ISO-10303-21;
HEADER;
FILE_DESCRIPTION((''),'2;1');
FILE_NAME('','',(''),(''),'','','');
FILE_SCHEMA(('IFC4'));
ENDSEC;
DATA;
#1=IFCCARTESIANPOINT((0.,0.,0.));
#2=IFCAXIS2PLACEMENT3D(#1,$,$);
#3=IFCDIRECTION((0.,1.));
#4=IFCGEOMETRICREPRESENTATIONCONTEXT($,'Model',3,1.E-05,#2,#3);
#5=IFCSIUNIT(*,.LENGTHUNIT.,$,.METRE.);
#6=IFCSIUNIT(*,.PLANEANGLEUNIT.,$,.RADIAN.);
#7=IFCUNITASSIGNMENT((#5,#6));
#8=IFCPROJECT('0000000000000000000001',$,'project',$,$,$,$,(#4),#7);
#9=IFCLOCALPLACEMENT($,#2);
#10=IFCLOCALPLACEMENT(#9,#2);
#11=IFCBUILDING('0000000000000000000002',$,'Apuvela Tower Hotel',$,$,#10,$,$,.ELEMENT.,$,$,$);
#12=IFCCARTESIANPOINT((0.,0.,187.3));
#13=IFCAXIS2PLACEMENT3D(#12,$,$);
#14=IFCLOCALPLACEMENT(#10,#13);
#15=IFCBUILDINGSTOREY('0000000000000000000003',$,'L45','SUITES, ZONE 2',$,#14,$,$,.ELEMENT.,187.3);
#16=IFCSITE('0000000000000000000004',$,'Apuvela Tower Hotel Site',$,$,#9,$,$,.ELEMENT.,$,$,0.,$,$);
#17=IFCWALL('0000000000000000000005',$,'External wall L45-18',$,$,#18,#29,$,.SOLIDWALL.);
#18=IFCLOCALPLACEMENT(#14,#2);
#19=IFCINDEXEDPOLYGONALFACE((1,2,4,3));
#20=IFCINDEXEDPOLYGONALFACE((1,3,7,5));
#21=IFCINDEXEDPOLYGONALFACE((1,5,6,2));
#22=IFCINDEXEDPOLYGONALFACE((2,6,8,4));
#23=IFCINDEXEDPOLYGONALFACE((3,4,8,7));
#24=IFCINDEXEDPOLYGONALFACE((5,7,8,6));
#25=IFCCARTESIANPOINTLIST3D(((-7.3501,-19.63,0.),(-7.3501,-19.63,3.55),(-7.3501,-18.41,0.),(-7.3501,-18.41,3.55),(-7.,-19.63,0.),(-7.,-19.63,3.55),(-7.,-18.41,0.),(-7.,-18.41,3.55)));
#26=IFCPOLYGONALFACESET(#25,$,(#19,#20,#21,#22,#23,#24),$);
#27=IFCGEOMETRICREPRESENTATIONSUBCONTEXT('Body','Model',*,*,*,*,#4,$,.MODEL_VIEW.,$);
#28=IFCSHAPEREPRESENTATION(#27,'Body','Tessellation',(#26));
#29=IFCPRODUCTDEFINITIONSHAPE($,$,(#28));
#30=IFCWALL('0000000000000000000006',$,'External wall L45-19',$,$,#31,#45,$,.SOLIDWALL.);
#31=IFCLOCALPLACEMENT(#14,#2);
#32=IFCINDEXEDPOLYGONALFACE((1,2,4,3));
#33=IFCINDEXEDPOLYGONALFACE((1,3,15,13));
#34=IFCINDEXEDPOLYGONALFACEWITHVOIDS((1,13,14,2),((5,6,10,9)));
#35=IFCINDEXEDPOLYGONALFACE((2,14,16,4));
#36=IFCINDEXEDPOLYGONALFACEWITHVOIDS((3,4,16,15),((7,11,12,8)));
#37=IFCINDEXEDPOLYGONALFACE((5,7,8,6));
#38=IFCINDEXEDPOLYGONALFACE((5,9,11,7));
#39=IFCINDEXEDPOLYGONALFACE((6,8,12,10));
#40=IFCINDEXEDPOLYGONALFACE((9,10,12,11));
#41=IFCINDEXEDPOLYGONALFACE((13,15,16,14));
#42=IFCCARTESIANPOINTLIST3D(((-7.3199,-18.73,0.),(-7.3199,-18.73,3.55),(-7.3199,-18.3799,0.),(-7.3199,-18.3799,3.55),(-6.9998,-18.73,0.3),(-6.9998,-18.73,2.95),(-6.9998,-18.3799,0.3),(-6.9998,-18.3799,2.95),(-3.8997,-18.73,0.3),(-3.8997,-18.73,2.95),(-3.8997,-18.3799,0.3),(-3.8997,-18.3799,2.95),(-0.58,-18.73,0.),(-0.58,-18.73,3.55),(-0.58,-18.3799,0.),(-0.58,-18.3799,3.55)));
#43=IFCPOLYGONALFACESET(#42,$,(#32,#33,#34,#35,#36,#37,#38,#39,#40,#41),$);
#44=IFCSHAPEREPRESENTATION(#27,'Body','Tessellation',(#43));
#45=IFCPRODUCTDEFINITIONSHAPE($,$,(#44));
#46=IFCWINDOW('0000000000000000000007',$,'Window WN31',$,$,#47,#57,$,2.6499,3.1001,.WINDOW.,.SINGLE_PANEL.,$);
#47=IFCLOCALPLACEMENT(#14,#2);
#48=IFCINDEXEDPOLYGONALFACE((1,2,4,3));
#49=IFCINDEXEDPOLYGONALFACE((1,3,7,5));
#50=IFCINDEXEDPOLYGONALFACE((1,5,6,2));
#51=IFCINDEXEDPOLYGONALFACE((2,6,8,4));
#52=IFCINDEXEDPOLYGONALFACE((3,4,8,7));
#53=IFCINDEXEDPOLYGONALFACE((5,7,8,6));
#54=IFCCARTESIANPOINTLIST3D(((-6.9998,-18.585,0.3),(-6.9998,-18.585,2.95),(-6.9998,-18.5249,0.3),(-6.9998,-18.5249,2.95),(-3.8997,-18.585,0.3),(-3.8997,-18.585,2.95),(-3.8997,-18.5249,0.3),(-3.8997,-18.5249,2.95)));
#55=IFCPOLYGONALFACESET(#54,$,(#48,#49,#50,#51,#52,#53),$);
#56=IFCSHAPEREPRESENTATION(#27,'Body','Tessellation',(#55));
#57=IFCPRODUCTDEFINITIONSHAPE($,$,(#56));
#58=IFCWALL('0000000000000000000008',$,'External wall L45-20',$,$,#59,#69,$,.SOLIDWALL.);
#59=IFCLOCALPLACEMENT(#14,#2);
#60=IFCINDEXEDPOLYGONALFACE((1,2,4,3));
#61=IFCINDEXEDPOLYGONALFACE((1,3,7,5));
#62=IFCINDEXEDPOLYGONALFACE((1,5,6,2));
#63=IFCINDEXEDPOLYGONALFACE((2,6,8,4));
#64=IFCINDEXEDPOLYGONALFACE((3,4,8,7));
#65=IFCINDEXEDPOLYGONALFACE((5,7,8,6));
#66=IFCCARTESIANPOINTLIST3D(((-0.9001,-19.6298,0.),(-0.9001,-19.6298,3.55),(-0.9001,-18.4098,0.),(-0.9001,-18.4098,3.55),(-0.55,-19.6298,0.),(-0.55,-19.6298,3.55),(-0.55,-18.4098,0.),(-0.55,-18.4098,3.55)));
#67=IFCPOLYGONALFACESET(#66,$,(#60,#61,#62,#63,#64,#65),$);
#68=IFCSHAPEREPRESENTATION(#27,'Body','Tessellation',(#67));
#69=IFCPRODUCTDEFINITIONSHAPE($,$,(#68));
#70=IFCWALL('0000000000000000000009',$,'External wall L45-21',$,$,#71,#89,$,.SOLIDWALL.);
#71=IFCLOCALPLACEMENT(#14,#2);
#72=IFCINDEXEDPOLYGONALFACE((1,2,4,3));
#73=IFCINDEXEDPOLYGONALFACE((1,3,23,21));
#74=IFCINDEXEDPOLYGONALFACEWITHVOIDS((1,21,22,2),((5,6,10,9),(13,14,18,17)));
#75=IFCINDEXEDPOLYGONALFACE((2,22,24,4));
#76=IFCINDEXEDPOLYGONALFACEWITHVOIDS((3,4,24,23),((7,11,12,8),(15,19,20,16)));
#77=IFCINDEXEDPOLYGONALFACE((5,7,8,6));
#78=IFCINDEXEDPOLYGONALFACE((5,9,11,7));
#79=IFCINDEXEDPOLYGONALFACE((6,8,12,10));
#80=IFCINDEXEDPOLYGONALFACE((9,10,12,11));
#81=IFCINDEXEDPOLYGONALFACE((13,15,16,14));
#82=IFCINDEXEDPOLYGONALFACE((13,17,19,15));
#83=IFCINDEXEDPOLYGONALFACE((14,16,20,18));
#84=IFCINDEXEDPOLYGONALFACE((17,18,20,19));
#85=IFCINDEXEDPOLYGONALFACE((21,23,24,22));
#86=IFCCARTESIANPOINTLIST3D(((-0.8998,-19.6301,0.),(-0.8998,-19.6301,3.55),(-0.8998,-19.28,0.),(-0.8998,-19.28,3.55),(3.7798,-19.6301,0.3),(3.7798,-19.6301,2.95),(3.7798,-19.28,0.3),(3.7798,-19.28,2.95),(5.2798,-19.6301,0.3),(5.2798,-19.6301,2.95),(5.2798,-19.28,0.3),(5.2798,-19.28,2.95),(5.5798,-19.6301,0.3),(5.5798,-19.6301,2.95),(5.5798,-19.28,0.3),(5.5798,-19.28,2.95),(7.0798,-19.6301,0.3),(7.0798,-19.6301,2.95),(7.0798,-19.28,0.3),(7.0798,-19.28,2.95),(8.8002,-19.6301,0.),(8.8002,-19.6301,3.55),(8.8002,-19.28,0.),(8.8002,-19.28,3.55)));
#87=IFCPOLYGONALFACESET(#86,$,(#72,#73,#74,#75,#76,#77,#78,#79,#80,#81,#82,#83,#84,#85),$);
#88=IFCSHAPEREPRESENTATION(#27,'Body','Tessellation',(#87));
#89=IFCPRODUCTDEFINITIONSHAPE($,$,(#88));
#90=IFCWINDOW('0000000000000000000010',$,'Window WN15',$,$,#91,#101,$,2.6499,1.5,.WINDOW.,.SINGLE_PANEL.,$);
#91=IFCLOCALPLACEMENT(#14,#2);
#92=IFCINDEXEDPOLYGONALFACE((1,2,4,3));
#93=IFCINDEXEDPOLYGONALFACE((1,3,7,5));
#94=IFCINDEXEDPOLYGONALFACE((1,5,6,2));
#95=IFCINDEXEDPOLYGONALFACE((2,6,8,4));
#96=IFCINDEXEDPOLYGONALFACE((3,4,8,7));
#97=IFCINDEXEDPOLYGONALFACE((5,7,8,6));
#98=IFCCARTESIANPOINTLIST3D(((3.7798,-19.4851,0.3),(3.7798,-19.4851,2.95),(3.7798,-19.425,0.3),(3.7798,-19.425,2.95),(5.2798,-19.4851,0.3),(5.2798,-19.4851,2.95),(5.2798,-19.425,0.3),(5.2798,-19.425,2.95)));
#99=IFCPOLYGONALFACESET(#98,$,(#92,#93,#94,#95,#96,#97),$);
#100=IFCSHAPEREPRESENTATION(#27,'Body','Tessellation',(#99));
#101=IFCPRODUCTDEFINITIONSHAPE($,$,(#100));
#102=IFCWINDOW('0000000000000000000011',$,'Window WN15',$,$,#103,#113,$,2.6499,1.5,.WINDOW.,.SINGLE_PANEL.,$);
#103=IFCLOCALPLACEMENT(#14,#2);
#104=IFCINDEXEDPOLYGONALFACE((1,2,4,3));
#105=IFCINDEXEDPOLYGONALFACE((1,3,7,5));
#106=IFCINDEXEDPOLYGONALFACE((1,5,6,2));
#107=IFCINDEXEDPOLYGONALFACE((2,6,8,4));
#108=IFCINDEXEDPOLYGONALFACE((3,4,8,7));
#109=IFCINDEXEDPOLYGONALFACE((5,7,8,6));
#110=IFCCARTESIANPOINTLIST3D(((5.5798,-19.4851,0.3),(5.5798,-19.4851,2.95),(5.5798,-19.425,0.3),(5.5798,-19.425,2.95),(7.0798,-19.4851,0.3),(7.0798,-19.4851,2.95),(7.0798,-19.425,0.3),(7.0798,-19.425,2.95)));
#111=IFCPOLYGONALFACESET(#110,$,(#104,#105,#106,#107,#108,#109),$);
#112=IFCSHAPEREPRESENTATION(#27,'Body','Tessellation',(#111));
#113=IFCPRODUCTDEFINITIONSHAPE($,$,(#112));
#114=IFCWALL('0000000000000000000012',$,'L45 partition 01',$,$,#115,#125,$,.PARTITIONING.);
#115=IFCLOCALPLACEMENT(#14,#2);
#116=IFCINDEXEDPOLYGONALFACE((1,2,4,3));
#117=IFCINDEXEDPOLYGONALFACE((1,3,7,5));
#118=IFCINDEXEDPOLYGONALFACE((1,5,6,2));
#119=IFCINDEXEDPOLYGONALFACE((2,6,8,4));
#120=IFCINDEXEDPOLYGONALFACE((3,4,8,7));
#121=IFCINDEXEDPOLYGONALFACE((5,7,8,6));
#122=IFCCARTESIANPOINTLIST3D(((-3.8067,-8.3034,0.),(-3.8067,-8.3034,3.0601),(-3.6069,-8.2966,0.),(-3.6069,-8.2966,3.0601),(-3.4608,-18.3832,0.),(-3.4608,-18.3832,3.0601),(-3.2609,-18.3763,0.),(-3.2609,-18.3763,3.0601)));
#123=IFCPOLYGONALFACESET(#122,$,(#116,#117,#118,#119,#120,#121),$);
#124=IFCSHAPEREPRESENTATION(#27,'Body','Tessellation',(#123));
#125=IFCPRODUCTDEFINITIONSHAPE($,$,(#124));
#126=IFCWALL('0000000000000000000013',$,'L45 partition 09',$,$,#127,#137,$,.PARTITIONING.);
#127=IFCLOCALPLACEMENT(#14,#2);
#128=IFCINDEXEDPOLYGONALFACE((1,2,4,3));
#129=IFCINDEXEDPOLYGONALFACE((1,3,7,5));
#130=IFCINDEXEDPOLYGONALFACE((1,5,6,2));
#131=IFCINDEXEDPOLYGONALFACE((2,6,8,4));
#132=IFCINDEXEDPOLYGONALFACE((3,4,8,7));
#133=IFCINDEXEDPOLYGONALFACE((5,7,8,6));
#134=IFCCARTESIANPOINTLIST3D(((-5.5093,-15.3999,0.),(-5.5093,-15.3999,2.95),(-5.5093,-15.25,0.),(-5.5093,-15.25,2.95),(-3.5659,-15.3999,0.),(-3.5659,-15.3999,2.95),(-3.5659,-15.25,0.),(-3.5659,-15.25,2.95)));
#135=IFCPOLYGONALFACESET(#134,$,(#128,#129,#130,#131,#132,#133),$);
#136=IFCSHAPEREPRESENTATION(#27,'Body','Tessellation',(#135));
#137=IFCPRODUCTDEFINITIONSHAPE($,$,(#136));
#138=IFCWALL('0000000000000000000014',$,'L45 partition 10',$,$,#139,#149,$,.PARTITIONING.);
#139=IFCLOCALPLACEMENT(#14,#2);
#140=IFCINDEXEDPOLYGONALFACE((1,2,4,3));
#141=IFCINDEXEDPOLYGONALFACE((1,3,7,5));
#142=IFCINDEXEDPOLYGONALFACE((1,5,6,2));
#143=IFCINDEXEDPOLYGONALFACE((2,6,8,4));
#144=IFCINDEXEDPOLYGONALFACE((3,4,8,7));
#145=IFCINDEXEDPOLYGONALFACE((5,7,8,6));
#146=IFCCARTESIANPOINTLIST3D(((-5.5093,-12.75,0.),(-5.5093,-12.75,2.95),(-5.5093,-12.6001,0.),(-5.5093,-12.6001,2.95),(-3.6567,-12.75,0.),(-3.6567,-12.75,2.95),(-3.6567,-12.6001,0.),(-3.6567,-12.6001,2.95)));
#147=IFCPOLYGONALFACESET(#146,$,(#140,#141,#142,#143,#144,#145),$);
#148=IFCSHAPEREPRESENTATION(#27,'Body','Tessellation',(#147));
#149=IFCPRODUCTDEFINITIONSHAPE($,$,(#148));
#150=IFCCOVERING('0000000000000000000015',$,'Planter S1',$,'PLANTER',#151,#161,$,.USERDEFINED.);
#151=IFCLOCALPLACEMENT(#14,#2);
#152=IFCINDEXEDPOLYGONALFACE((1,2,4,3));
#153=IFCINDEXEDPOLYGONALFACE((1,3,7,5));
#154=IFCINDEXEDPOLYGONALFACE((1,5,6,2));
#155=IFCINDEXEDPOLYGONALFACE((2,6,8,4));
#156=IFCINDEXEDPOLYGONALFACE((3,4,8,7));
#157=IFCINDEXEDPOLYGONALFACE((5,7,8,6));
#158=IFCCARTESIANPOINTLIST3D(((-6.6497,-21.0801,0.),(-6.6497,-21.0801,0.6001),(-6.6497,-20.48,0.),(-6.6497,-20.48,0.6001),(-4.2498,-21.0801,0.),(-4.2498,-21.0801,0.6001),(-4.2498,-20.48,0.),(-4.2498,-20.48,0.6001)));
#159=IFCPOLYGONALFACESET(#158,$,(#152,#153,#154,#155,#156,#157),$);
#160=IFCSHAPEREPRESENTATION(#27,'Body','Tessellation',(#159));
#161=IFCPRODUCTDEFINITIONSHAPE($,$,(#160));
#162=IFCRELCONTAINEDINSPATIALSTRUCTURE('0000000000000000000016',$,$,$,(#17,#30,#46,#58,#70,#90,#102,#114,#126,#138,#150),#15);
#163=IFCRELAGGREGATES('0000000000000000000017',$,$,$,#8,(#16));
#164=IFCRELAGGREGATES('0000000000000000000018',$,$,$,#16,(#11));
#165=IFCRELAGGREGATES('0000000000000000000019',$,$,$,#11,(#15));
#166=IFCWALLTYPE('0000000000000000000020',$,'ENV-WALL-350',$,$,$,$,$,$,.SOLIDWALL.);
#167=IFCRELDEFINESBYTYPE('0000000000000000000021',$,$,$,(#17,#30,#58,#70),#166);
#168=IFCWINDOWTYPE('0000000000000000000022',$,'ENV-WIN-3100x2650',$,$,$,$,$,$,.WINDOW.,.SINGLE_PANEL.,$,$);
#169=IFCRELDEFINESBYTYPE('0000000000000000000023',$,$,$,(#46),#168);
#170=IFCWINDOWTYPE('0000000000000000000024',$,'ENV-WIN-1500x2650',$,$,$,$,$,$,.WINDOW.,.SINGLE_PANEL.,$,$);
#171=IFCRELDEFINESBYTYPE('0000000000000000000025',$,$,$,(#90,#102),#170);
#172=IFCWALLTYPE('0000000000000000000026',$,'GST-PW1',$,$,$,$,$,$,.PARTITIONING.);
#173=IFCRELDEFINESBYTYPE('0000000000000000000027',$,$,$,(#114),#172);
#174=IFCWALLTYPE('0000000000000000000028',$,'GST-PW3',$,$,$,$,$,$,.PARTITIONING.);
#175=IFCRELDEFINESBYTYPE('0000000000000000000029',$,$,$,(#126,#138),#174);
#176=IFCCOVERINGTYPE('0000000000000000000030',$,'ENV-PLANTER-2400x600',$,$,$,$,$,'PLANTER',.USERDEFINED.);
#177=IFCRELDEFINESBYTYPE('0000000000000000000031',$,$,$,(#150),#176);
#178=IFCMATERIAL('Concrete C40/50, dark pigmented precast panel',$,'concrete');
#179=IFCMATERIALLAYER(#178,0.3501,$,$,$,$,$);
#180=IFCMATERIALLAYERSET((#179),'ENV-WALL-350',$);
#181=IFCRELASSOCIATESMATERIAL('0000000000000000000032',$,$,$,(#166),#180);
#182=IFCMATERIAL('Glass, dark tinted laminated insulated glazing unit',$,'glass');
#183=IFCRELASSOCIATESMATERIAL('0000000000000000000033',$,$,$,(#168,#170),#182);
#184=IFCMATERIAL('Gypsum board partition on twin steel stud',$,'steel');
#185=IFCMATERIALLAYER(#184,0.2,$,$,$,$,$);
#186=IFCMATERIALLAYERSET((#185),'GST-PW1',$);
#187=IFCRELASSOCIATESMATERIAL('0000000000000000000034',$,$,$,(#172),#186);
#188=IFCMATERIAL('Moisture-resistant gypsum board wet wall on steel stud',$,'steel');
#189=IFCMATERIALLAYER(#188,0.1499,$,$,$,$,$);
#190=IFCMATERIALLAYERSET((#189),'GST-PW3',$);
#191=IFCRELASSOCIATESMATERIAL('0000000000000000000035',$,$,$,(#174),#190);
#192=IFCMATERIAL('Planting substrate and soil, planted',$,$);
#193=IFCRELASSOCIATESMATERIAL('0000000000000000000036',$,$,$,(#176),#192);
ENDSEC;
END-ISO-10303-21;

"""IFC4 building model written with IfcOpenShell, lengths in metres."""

from ifc_helpers import new_model, si_unit, direction, frame, frame_2d, origin, origin_2d, place, context, subcontext, project, spatial, rectangle, extrude, material, layer, layer_set, type_object, element, fill, save


model = new_model("IFC4")

# Units and contexts
model_context = context("Model", 3, precision=1e-05, world=origin(), true_north=direction((0.0, 1.0)))
body_context = subcontext(model_context, "Body", "Model", "MODEL_VIEW")
ifc_project = project(units=[si_unit("LENGTHUNIT", "METRE"), si_unit("PLANEANGLEUNIT", "RADIAN")], contexts=[model_context])

# Site, building, storey
site_placement = place(None, origin())
site = spatial("IfcSite", under=ifc_project, at=site_placement, Name="Apuvela Tower Hotel Site", CompositionType="ELEMENT", RefElevation=0.0)
building_placement = place(site_placement, origin())
building = spatial("IfcBuilding", under=site, at=building_placement, Name="Apuvela Tower Hotel", CompositionType="ELEMENT")
storey_placement = place(building_placement, frame((0.0, 0.0, 187.3)))
storey = spatial("IfcBuildingStorey", under=building, at=storey_placement, Name="L45", Description="SUITES, ZONE 2", CompositionType="ELEMENT", Elevation=187.3)

# Wall
ifc_material_1 = material(Name="Concrete C40/50, dark pigmented precast panel", Category="concrete")
ifc_layer_1 = layer(ifc_material_1, 0.3501)
ifc_layer_set_1 = layer_set([ifc_layer_1], Name="ENV-WALL-350")
wall_type_1 = type_object("IfcWallType", Name="ENV-WALL-350", PredefinedType="SOLIDWALL", material=ifc_layer_set_1)
wall_1_placement = place(storey_placement, frame((-7.175, -19.6299, 0.0), z_axis=(0.0, 0.0, 1.0), x_axis=(0.0, 1.0, 0.0)))
element("IfcWall", 1, at=wall_1_placement, inside=storey, type_object=wall_type_1, Name="External wall L45-18", PredefinedType="SOLIDWALL", context=body_context, shape_type="SweptSolid", body=[
    extrude(rectangle(XDim=1.22, YDim=0.3501, at=frame_2d((0.6099, 0.0))), origin(), (0.0, 0.0, 1.0), 3.55),
])

# Wall, opening, window
wall_2_placement = place(storey_placement, frame((-7.3201, -18.5549, 0.0), z_axis=(0.0, 0.0, 1.0), x_axis=(1.0, 0.0, 0.0)))
wall_2 = element("IfcWall", 2, at=wall_2_placement, inside=storey, type_object=wall_type_1, Name="External wall L45-19", PredefinedType="SOLIDWALL", context=body_context, shape_type="SweptSolid", body=[
    extrude(rectangle(XDim=6.74, YDim=0.3501, at=frame_2d((3.3701, 0.0))), origin(), (0.0, 0.0, 1.0), 3.55),
])
opening_1_placement = place(wall_2_placement, frame((0.3203, 0.0, 0.3)))
opening_1 = element("IfcOpeningElement", 3, at=opening_1_placement, cuts=wall_2, PredefinedType="OPENING", context=body_context, shape_type="SweptSolid", body=[
    extrude(rectangle(XDim=3.1001, YDim=2.6499, at=frame_2d((1.55, 1.325))), frame((0.0, 0.1851, 0.0), z_axis=(0.0, -1.0, 0.0), x_axis=(1.0, 0.0, 0.0)), (0.0, 0.0, 1.0), 0.3701),
])
ifc_material_2 = material(Name="Glass, dark tinted laminated insulated glazing unit", Category="glass")
window_type_1 = type_object("IfcWindowType", Name="ENV-WIN-3100x2650", PartitioningType="SINGLE_PANEL", PredefinedType="WINDOW", material=ifc_material_2)
window_1_placement = place(opening_1_placement, origin())
window_1 = element("IfcWindow", 4, at=window_1_placement, inside=storey, type_object=window_type_1, Name="Window WN31", OverallHeight=2.6499, OverallWidth=3.1001, PartitioningType="SINGLE_PANEL", PredefinedType="WINDOW", context=body_context, shape_type="SweptSolid", body=[
    extrude(rectangle(XDim=3.1001, YDim=2.6499, at=frame_2d((1.55, 1.325))), frame((0.0, 0.03, 0.0), z_axis=(0.0, -1.0, 0.0), x_axis=(1.0, 0.0, 0.0)), (0.0, 0.0, 1.0), 0.0601),
])
fill(opening_1, window_1)

# Wall
wall_3_placement = place(storey_placement, frame((-0.7251, -18.4099, 0.0), z_axis=(0.0, 0.0, 1.0), x_axis=(0.0, -1.0, 0.0)))
element("IfcWall", 5, at=wall_3_placement, inside=storey, type_object=wall_type_1, Name="External wall L45-20", PredefinedType="SOLIDWALL", context=body_context, shape_type="SweptSolid", body=[
    extrude(rectangle(XDim=1.22, YDim=0.3501, at=frame_2d((0.6099, 0.0))), origin(), (0.0, 0.0, 1.0), 3.55),
])

# Wall, openings, windows
wall_4_placement = place(storey_placement, frame((-0.8999, -19.4551, 0.0), z_axis=(0.0, 0.0, 1.0), x_axis=(1.0, 0.0, 0.0)))
wall_4 = element("IfcWall", 6, at=wall_4_placement, inside=storey, type_object=wall_type_1, Name="External wall L45-21", PredefinedType="SOLIDWALL", context=body_context, shape_type="SweptSolid", body=[
    extrude(rectangle(XDim=9.7, YDim=0.3501, at=frame_2d((4.8501, 0.0))), origin(), (0.0, 0.0, 1.0), 3.55),
])
opening_2_placement = place(wall_4_placement, frame((4.6797, 0.0, 0.3)))
opening_2 = element("IfcOpeningElement", 7, at=opening_2_placement, cuts=wall_4, PredefinedType="OPENING", context=body_context, shape_type="SweptSolid", body=[
    extrude(rectangle(XDim=1.5, YDim=2.6499, at=frame_2d((0.75, 1.325))), frame((0.0, 0.1851, 0.0), z_axis=(0.0, -1.0, 0.0), x_axis=(1.0, 0.0, 0.0)), (0.0, 0.0, 1.0), 0.3701),
])
opening_3_placement = place(wall_4_placement, frame((6.4797, 0.0, 0.3)))
opening_3 = element("IfcOpeningElement", 8, at=opening_3_placement, cuts=wall_4, PredefinedType="OPENING", context=body_context, shape_type="SweptSolid", body=[
    extrude(rectangle(XDim=1.5, YDim=2.6499, at=frame_2d((0.75, 1.325))), frame((0.0, 0.1851, 0.0), z_axis=(0.0, -1.0, 0.0), x_axis=(1.0, 0.0, 0.0)), (0.0, 0.0, 1.0), 0.3701),
])
window_type_2 = type_object("IfcWindowType", Name="ENV-WIN-1500x2650", PartitioningType="SINGLE_PANEL", PredefinedType="WINDOW", material=ifc_material_2)
window_2_placement = place(opening_2_placement, origin())
window_2 = element("IfcWindow", 9, at=window_2_placement, inside=storey, type_object=window_type_2, Name="Window WN15", OverallHeight=2.6499, OverallWidth=1.5, PartitioningType="SINGLE_PANEL", PredefinedType="WINDOW", context=body_context, shape_type="SweptSolid", body=[
    extrude(rectangle(XDim=1.5, YDim=2.6499, at=frame_2d((0.75, 1.325))), frame((0.0, 0.03, 0.0), z_axis=(0.0, -1.0, 0.0), x_axis=(1.0, 0.0, 0.0)), (0.0, 0.0, 1.0), 0.0601),
])
fill(opening_2, window_2)
window_3_placement = place(opening_3_placement, origin())
window_3 = element("IfcWindow", 10, at=window_3_placement, inside=storey, type_object=window_type_2, Name="Window WN15", OverallHeight=2.6499, OverallWidth=1.5, PartitioningType="SINGLE_PANEL", PredefinedType="WINDOW", context=body_context, shape_type="SweptSolid", body=[
    extrude(rectangle(XDim=1.5, YDim=2.6499, at=frame_2d((0.75, 1.325))), frame((0.0, 0.03, 0.0), z_axis=(0.0, -1.0, 0.0), x_axis=(1.0, 0.0, 0.0)), (0.0, 0.0, 1.0), 0.0601),
])
fill(opening_3, window_3)

# Walls
ifc_material_3 = material(Name="Gypsum board partition on twin steel stud", Category="steel")
ifc_layer_2 = layer(ifc_material_3, 0.2)
ifc_layer_set_2 = layer_set([ifc_layer_2], Name="GST-PW1")
wall_type_2 = type_object("IfcWallType", Name="GST-PW1", PredefinedType="PARTITIONING", material=ifc_layer_set_2)
wall_5_placement = place(storey_placement, frame((-3.3608, -18.3799, 0.0), z_axis=(0.0, 0.0, 1.0), x_axis=(-0.034301, 0.999412, 0.0)))
element("IfcWall", 11, at=wall_5_placement, inside=storey, type_object=wall_type_2, Name="L45 partition 01", PredefinedType="PARTITIONING", context=body_context, shape_type="SweptSolid", body=[
    extrude(rectangle(XDim=10.0857, YDim=0.2, at=frame_2d((5.043, 0.0))), origin(), (0.0, 0.0, 1.0), 3.0601),
])
ifc_material_4 = material(Name="Moisture-resistant gypsum board wet wall on steel stud", Category="steel")
ifc_layer_3 = layer(ifc_material_4, 0.1499)
ifc_layer_set_3 = layer_set([ifc_layer_3], Name="GST-PW3")
wall_type_3 = type_object("IfcWallType", Name="GST-PW3", PredefinedType="PARTITIONING", material=ifc_layer_set_3)
wall_6_placement = place(storey_placement, frame((-5.5093, -15.325, 0.0), z_axis=(0.0, 0.0, 1.0), x_axis=(1.0, 0.0, 0.0)))
element("IfcWall", 12, at=wall_6_placement, inside=storey, type_object=wall_type_3, Name="L45 partition 09", PredefinedType="PARTITIONING", context=body_context, shape_type="SweptSolid", body=[
    extrude(rectangle(XDim=1.9434, YDim=0.1499, at=frame_2d((0.9717, 0.0))), origin(), (0.0, 0.0, 1.0), 2.95),
])
wall_7_placement = place(storey_placement, frame((-5.5093, -12.675, 0.0), z_axis=(0.0, 0.0, 1.0), x_axis=(1.0, 0.0, 0.0)))
element("IfcWall", 13, at=wall_7_placement, inside=storey, type_object=wall_type_3, Name="L45 partition 10", PredefinedType="PARTITIONING", context=body_context, shape_type="SweptSolid", body=[
    extrude(rectangle(XDim=1.8525, YDim=0.1499, at=frame_2d((0.9263, 0.0))), origin(), (0.0, 0.0, 1.0), 2.95),
])

# Covering
ifc_material_5 = material(Name="Planting substrate and soil, planted")
covering_type = type_object("IfcCoveringType", Name="ENV-PLANTER-2400x600", ElementType="PLANTER", PredefinedType="USERDEFINED", material=ifc_material_5)
covering_placement = place(storey_placement, frame((-5.4497, -20.78, 0.0), z_axis=(0.0, 0.0, 1.0), x_axis=(1.0, 0.0, 0.0)))
element("IfcCovering", 14, at=covering_placement, inside=storey, type_object=covering_type, Name="Planter S1", ObjectType="PLANTER", PredefinedType="USERDEFINED", context=body_context, shape_type="SweptSolid", body=[
    extrude(rectangle(XDim=2.3999, YDim=0.6001, at=origin_2d()), origin(), (0.0, 0.0, 1.0), 0.6001),
])

save(model, "model.ifc")
